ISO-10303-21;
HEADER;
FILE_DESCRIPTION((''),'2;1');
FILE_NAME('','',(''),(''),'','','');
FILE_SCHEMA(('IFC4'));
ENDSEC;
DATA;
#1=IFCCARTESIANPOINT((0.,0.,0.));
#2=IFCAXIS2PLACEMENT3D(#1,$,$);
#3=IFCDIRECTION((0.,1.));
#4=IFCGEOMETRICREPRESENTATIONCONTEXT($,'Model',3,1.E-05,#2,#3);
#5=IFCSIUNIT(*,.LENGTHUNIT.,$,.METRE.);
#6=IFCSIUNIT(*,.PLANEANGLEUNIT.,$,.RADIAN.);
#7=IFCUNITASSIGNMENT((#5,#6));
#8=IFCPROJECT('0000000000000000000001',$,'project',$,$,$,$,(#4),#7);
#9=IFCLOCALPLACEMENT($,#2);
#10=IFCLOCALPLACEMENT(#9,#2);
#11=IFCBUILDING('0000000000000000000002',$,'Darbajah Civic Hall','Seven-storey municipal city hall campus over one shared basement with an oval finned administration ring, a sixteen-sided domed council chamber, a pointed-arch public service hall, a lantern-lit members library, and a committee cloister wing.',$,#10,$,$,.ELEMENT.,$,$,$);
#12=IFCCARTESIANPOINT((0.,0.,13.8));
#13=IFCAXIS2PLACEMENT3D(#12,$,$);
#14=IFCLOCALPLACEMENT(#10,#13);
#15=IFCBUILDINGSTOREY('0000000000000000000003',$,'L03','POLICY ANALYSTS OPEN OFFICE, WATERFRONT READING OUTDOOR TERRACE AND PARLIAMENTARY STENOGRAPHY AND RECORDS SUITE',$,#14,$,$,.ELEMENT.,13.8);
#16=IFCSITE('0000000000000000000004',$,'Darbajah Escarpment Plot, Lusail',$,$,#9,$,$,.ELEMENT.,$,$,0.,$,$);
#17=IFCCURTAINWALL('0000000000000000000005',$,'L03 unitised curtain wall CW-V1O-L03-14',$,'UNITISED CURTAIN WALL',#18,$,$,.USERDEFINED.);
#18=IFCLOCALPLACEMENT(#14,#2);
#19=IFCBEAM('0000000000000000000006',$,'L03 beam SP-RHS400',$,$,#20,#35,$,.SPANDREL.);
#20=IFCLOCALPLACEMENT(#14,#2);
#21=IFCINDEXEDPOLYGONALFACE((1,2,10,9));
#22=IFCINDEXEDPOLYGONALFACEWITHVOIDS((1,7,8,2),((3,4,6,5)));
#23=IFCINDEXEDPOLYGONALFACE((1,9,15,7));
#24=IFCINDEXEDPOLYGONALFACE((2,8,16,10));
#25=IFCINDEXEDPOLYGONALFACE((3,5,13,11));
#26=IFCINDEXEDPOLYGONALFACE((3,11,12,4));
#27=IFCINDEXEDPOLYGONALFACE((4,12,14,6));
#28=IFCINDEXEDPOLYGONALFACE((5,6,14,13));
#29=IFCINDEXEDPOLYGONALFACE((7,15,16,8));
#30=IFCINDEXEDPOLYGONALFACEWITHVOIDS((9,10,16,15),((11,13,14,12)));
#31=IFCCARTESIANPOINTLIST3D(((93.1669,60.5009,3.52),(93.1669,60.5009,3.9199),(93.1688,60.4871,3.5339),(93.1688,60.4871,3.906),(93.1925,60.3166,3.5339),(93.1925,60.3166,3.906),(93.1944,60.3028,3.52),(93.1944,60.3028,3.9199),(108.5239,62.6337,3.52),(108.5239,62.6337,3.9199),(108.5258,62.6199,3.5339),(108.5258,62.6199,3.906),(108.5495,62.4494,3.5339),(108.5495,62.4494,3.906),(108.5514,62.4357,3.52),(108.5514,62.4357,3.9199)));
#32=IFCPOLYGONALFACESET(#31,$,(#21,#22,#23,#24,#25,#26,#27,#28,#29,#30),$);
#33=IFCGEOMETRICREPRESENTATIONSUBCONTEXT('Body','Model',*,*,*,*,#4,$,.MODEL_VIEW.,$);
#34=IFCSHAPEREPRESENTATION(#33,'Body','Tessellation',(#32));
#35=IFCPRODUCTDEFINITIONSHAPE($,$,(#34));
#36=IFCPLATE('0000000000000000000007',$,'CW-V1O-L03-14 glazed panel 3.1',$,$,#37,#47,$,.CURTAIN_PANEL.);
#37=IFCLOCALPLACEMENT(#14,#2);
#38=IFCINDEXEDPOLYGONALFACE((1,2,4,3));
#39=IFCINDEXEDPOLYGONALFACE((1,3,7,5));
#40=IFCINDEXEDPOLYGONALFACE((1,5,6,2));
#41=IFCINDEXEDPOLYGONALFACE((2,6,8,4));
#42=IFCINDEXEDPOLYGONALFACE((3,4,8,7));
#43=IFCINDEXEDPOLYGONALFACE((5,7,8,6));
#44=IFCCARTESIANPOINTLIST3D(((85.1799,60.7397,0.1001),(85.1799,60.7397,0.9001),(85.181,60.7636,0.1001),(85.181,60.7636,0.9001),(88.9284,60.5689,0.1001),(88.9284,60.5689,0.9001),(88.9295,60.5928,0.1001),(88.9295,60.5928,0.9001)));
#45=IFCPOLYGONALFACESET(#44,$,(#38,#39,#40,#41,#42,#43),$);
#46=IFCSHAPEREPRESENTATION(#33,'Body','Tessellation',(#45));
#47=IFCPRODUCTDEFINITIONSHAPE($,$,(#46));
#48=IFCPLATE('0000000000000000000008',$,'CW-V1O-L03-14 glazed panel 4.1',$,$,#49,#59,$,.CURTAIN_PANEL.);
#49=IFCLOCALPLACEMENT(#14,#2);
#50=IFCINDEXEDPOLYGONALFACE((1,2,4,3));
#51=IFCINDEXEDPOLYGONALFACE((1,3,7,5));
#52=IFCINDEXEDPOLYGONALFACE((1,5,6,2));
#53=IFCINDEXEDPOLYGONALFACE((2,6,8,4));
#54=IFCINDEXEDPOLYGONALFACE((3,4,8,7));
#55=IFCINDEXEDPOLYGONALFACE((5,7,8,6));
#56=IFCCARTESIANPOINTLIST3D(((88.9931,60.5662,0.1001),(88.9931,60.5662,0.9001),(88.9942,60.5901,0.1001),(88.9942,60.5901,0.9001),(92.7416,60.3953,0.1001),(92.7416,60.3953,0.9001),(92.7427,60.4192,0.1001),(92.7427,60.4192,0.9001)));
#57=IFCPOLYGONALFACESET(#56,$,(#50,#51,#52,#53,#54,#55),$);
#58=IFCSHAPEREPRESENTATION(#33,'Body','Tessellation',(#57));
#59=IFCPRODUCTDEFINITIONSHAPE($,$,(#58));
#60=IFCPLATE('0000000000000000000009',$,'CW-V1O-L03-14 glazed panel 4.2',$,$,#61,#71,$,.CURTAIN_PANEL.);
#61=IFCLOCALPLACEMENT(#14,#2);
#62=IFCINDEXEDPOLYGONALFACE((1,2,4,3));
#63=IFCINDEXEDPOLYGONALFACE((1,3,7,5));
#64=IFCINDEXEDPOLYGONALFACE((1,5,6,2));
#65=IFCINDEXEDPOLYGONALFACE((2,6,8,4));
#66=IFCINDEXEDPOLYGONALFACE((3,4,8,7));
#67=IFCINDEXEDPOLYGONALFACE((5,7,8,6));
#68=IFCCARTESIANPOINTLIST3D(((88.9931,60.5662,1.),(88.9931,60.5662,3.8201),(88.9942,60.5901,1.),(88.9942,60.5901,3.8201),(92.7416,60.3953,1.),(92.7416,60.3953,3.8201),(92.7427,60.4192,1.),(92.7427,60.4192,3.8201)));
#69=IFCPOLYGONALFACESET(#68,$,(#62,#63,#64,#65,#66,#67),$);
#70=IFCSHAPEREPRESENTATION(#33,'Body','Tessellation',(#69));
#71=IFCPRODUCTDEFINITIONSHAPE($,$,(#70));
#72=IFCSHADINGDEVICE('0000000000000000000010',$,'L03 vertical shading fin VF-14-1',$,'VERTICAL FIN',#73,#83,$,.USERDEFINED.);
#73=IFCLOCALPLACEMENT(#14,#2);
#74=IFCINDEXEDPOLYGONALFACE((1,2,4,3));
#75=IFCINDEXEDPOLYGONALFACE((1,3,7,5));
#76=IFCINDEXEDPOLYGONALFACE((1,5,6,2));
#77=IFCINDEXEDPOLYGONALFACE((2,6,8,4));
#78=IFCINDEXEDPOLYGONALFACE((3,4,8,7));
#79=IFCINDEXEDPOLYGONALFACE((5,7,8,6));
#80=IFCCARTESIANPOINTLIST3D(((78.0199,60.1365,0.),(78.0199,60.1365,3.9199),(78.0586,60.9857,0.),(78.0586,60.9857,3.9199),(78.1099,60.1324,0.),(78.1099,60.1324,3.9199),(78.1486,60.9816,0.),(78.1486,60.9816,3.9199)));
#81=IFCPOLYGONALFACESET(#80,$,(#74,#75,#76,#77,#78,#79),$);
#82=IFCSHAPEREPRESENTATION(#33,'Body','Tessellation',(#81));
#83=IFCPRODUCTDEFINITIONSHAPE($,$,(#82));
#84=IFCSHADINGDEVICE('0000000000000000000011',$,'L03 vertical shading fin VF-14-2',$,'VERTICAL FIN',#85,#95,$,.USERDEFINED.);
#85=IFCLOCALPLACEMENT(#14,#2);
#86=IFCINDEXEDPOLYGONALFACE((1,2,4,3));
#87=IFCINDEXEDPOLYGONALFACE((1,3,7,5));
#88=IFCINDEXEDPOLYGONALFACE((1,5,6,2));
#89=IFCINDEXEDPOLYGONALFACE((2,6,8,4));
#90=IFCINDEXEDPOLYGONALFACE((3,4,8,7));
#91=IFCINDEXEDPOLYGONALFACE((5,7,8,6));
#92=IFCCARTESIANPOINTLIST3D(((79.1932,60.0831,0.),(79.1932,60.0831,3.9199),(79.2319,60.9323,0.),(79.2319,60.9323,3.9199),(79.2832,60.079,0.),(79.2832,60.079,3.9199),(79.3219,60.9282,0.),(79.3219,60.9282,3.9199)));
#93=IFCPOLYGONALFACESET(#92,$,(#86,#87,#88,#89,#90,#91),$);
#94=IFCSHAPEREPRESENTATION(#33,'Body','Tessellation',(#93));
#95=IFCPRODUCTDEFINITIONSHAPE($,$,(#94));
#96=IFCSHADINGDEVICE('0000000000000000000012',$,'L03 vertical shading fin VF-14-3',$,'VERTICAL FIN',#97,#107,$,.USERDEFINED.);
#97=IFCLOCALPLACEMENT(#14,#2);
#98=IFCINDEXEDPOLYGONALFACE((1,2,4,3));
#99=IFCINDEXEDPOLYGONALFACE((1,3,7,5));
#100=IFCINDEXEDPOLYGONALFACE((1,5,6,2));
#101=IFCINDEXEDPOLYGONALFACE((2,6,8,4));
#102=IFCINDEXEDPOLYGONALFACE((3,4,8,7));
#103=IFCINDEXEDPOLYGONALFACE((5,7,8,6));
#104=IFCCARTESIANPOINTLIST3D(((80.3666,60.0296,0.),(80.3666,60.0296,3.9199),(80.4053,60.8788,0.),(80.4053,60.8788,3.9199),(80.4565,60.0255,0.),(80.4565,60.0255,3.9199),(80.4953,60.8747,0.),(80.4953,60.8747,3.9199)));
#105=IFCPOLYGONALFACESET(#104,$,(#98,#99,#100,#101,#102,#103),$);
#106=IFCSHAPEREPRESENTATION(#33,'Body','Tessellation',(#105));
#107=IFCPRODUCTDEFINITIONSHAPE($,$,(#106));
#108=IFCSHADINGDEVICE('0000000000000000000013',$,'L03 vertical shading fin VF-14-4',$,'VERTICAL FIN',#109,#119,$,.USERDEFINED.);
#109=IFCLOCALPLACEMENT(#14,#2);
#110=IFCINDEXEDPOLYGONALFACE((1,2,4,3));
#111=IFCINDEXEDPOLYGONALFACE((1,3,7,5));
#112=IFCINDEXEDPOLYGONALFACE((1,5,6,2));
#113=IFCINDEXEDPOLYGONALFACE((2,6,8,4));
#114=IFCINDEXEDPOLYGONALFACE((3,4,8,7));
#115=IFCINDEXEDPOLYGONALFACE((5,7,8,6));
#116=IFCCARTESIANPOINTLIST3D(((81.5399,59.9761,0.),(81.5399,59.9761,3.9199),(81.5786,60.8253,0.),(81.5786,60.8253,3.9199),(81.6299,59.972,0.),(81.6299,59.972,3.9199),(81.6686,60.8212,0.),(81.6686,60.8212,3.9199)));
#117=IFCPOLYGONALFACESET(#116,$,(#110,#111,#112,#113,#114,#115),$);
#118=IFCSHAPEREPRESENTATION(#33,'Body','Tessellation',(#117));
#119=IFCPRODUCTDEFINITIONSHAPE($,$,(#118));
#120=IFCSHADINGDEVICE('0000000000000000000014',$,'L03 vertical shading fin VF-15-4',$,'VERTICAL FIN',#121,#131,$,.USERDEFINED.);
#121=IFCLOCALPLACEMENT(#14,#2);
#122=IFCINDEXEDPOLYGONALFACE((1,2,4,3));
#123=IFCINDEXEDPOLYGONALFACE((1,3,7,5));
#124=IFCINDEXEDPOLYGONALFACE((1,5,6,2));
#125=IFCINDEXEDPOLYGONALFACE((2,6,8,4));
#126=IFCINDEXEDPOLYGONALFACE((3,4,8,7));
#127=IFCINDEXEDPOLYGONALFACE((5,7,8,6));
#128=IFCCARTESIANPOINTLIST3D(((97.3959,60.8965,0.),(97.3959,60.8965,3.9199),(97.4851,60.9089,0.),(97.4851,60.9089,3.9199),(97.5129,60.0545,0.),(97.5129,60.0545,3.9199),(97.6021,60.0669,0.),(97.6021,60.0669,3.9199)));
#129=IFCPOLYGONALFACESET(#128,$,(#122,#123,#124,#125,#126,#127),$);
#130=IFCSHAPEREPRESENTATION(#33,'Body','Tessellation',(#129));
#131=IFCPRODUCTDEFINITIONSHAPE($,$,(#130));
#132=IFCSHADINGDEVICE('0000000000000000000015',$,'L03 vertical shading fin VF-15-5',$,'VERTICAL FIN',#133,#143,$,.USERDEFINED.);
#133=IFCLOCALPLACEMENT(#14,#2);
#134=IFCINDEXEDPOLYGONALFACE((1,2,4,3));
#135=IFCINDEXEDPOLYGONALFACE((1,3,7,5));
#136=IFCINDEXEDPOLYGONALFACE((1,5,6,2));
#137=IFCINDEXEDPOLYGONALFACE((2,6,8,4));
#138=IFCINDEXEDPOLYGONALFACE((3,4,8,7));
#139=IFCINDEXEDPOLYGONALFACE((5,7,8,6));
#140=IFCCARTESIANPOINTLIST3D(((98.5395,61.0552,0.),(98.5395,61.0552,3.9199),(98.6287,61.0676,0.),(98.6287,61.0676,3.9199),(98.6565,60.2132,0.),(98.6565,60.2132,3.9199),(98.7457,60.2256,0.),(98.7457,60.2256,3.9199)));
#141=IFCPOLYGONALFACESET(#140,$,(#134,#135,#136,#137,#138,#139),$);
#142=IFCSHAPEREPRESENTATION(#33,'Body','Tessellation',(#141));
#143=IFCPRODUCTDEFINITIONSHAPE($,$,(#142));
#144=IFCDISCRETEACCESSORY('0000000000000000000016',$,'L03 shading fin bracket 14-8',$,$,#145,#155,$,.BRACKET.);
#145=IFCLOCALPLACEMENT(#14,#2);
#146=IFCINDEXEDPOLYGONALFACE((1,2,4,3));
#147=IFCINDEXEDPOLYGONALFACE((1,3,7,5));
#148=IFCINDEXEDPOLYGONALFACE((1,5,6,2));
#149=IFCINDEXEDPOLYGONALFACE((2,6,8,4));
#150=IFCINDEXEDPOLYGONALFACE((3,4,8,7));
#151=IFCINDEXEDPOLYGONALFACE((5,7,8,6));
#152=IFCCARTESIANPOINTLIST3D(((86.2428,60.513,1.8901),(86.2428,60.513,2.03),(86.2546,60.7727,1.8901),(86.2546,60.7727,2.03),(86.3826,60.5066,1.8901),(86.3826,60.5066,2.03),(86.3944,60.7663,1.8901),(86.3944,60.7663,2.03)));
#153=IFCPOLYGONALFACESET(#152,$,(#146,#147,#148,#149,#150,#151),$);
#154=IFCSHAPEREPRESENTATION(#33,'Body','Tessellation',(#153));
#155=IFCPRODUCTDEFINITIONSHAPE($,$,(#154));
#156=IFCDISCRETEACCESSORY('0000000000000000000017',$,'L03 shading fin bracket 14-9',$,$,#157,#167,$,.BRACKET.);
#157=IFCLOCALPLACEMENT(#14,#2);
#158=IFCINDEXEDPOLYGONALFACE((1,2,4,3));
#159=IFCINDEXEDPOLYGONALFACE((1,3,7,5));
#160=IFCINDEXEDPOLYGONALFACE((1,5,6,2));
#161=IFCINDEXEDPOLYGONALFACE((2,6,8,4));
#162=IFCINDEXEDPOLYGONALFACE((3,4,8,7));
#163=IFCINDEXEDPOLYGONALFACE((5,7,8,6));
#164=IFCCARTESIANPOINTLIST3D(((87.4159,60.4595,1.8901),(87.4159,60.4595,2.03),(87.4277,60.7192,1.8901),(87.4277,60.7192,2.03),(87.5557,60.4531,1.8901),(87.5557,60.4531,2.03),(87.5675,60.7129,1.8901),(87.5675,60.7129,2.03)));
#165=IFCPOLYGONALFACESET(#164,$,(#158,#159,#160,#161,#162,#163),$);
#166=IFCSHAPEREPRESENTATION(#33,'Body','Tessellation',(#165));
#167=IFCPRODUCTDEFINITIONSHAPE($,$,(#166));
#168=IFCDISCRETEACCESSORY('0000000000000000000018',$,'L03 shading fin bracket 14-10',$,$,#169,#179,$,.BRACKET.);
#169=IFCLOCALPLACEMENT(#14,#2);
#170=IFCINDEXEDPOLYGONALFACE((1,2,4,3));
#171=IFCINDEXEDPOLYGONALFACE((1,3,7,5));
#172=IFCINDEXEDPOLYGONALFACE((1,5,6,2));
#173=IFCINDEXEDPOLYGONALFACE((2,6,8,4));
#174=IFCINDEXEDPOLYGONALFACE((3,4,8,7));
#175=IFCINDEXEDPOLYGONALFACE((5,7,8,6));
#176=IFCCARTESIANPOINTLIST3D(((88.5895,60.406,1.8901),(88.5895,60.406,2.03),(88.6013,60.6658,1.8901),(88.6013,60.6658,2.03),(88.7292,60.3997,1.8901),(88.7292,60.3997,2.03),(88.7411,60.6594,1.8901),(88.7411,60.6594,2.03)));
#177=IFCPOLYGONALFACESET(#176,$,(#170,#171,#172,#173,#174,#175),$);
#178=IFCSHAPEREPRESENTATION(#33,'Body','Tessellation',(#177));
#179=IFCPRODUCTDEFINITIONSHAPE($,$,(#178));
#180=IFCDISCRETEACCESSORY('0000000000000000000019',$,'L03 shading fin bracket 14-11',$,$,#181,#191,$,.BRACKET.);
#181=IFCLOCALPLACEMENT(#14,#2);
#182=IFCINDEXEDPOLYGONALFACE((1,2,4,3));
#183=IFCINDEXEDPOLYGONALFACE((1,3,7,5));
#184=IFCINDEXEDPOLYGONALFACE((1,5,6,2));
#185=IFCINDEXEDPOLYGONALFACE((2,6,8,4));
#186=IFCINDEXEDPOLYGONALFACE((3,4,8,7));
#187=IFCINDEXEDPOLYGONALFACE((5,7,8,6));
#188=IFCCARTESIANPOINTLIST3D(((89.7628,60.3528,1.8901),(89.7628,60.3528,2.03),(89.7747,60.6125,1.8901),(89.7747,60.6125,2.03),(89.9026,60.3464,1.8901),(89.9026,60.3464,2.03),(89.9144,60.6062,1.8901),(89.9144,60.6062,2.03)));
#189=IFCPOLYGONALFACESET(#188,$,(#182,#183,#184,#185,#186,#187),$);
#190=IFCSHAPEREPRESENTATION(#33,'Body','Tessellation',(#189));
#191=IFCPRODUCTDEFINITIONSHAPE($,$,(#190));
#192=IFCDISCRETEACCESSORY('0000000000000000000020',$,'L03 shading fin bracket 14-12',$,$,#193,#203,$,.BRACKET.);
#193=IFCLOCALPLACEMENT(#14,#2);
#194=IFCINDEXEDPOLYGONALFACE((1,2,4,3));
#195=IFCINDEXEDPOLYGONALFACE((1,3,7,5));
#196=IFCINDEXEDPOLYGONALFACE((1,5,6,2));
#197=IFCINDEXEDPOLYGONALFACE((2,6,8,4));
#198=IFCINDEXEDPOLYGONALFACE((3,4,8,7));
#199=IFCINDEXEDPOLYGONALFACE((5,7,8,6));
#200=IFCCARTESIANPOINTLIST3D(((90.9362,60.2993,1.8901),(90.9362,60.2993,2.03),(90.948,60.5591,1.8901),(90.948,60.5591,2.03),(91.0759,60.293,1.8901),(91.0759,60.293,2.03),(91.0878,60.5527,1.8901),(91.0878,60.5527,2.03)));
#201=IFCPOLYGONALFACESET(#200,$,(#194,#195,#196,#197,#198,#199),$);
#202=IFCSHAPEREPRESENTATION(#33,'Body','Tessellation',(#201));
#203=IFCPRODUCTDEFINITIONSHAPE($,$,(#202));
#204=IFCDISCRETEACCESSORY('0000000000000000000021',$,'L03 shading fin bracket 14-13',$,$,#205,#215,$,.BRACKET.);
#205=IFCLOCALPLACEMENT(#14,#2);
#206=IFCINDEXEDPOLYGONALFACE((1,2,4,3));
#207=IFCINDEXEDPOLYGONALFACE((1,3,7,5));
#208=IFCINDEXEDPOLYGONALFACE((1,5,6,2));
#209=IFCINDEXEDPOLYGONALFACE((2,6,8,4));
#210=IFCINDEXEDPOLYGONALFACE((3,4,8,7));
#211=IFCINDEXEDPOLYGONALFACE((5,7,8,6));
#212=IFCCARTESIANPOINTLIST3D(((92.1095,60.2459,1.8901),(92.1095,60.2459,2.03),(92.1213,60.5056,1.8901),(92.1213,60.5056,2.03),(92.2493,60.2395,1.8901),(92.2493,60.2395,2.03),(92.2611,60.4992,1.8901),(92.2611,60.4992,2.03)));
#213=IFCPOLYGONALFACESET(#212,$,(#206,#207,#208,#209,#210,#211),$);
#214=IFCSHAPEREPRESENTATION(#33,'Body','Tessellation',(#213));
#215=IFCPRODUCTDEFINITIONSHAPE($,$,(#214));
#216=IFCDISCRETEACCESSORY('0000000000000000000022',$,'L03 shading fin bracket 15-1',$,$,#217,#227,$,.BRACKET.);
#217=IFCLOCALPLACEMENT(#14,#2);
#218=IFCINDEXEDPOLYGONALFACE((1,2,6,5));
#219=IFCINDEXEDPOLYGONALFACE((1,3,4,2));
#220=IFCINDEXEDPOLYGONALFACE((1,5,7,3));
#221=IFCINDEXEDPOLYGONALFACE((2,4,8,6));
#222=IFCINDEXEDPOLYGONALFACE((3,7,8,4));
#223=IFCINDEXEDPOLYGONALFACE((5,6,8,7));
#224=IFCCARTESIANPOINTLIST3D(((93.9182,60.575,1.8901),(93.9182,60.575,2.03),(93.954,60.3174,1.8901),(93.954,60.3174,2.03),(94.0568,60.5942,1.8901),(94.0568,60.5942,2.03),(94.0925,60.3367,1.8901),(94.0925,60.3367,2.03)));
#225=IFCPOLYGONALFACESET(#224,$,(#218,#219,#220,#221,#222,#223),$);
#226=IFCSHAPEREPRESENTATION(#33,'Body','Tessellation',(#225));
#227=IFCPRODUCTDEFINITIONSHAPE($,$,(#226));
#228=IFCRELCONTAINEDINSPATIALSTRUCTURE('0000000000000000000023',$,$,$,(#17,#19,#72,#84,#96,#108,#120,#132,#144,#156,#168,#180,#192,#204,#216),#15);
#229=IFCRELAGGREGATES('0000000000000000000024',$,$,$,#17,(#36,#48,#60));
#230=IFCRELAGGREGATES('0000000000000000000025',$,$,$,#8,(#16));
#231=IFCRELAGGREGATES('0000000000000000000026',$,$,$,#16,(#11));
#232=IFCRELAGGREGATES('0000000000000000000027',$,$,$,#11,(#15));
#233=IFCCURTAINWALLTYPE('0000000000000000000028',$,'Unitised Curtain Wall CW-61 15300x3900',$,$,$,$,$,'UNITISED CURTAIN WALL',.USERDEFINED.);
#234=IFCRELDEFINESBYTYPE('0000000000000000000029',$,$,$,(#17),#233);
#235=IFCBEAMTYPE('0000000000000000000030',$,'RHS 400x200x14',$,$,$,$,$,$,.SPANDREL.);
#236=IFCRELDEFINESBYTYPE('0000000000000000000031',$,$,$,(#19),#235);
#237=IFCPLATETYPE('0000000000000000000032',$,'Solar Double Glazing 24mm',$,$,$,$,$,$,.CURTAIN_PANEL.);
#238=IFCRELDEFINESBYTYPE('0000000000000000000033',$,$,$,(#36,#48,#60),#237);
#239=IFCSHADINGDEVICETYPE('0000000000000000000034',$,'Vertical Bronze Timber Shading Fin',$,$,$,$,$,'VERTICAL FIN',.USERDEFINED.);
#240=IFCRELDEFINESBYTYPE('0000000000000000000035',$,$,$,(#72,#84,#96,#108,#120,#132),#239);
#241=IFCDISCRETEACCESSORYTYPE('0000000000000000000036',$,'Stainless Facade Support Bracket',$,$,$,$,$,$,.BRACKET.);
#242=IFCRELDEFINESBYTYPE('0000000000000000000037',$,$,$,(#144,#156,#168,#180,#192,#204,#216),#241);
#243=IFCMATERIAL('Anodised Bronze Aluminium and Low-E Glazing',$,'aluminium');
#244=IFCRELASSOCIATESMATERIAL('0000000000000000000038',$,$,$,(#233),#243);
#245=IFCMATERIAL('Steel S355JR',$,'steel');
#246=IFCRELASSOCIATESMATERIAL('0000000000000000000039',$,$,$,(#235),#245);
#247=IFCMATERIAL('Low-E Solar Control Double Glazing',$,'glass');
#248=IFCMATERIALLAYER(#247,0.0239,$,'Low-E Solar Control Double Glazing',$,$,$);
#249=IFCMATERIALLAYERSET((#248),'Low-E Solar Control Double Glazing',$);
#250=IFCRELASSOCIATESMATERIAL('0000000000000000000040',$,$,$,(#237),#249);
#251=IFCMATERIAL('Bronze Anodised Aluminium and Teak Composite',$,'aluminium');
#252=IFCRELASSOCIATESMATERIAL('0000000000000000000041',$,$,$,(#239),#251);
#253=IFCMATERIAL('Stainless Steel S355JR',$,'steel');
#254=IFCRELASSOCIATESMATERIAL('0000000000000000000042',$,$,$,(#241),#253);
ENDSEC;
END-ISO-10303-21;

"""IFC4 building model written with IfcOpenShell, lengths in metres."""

from ifc_helpers import new_model, si_unit, direction, frame, origin, origin_2d, place, context, subcontext, project, spatial, rectangle, hollow_rectangle, extrude, material, layer, layer_set, material_profile, profile_set, type_object, element, aggregate, save


model = new_model("IFC4")

# Units and contexts
model_context = context("Model", 3, precision=1e-05, world=origin(), true_north=direction((0.0, 1.0)))
body_context = subcontext(model_context, "Body", "Model", "MODEL_VIEW")
ifc_project = project(units=[si_unit("LENGTHUNIT", "METRE"), si_unit("PLANEANGLEUNIT", "RADIAN")], contexts=[model_context])

# Site, building, storey
site_placement = place(None, origin())
site = spatial("IfcSite", under=ifc_project, at=site_placement, Name="Darbajah Escarpment Plot, Lusail", CompositionType="ELEMENT", RefElevation=0.0)
building_placement = place(site_placement, origin())
building = spatial("IfcBuilding", under=site, at=building_placement, Name="Darbajah Civic Hall", Description="Seven-storey municipal city hall campus over one shared basement with an oval finned administration ring, a sixteen-sided domed council chamber, a pointed-arch public service hall, a lantern-lit members library, and a committee cloister wing.", CompositionType="ELEMENT")
storey_placement = place(building_placement, frame((0.0, 0.0, 13.8)))
storey = spatial("IfcBuildingStorey", under=building, at=storey_placement, Name="L03", Description="POLICY ANALYSTS OPEN OFFICE, WATERFRONT READING OUTDOOR TERRACE AND PARLIAMENTARY STENOGRAPHY AND RECORDS SUITE", CompositionType="ELEMENT", Elevation=13.8)

# Curtain wall
ifc_material_1 = material(Name="Anodised Bronze Aluminium and Low-E Glazing", Category="aluminium")
curtain_wall_type_1 = type_object("IfcCurtainWallType", Name="Unitised Curtain Wall CW-61 15300x3900", ElementType="UNITISED CURTAIN WALL", PredefinedType="USERDEFINED", material=ifc_material_1)
curtain_wall_1_placement = place(storey_placement, origin())
curtain_wall_1 = element("IfcCurtainWall", 1, at=curtain_wall_1_placement, inside=storey, type_object=curtain_wall_type_1, Name="L03 unitised curtain wall CW-V1O-L03-14", ObjectType="UNITISED CURTAIN WALL", PredefinedType="USERDEFINED")

# Beam
ifc_material_2 = material(Name="Steel S355JR", Category="steel")
ifc_material_profile_1 = material_profile(ifc_material_2, hollow_rectangle(XDim=0.2, YDim=0.3999, WallThickness=0.0139, at=origin_2d()), Name="RHS 400x200x14")
ifc_profile_set_1 = profile_set([ifc_material_profile_1], Name="Steel S355JR")
beam_type = type_object("IfcBeamType", Name="RHS 400x200x14", PredefinedType="SPANDREL", material=ifc_profile_set_1)
beam_placement = place(storey_placement, frame((93.1807, 60.4019, 3.72), z_axis=(0.990493, 0.137562, 0.0), x_axis=(-0.137562, 0.990493, 0.0)))
element("IfcBeam", 2, at=beam_placement, inside=storey, type_object=beam_type, Name="L03 beam SP-RHS400", PredefinedType="SPANDREL", context=body_context, shape_type="SweptSolid", body=[
    extrude(hollow_rectangle(XDim=0.2, YDim=0.3999, WallThickness=0.0139, at=origin_2d()), origin(), (0.0, 0.0, 1.0), 15.5044),
])

# Plates
ifc_material_3 = material(Name="Low-E Solar Control Double Glazing", Category="glass")
ifc_layer = layer(ifc_material_3, 0.0239, Name="Low-E Solar Control Double Glazing")
ifc_layer_set = layer_set([ifc_layer], Name="Low-E Solar Control Double Glazing")
plate_type = type_object("IfcPlateType", Name="Solar Double Glazing 24mm", PredefinedType="CURTAIN_PANEL", material=ifc_layer_set)
plate_1_placement = place(storey_placement, frame((87.0547, 60.6663, 0.1001), z_axis=(0.0, 0.0, 1.0), x_axis=(0.998963, -0.045537, 0.0)))
plate_1 = element("IfcPlate", 3, at=plate_1_placement, type_object=plate_type, Name="CW-V1O-L03-14 glazed panel 3.1", PredefinedType="CURTAIN_PANEL", context=body_context, shape_type="SweptSolid", body=[
    extrude(rectangle(XDim=3.7524, YDim=0.0239, at=origin_2d()), origin(), (0.0, 0.0, 1.0), 0.8),
])
plate_2_placement = place(storey_placement, frame((90.8679, 60.4927, 0.1001), z_axis=(0.0, 0.0, 1.0), x_axis=(0.998963, -0.045537, 0.0)))
plate_2 = element("IfcPlate", 4, at=plate_2_placement, type_object=plate_type, Name="CW-V1O-L03-14 glazed panel 4.1", PredefinedType="CURTAIN_PANEL", context=body_context, shape_type="SweptSolid", body=[
    extrude(rectangle(XDim=3.7524, YDim=0.0239, at=origin_2d()), origin(), (0.0, 0.0, 1.0), 0.8),
])
plate_3_placement = place(storey_placement, frame((90.8679, 60.4927, 1.0), z_axis=(0.0, 0.0, 1.0), x_axis=(0.998963, -0.045537, 0.0)))
plate_3 = element("IfcPlate", 5, at=plate_3_placement, type_object=plate_type, Name="CW-V1O-L03-14 glazed panel 4.2", PredefinedType="CURTAIN_PANEL", context=body_context, shape_type="SweptSolid", body=[
    extrude(rectangle(XDim=3.7524, YDim=0.0239, at=origin_2d()), origin(), (0.0, 0.0, 1.0), 2.8201),
])
aggregate(curtain_wall_1, [plate_1, plate_2, plate_3])

# Shading devices
ifc_material_4 = material(Name="Bronze Anodised Aluminium and Teak Composite", Category="aluminium")
shading_device_type = type_object("IfcShadingDeviceType", Name="Vertical Bronze Timber Shading Fin", ElementType="VERTICAL FIN", PredefinedType="USERDEFINED", material=ifc_material_4)
for number, where, z_axis, x_axis, name in (
    (6, (78.0842, 60.5591, 0.0), (0.0, 0.0, 1.0), (-0.045537, -0.998963, 0.0), "L03 vertical shading fin VF-14-1"),
    (7, (79.2576, 60.5056, 0.0), (0.0, 0.0, 1.0), (-0.045537, -0.998963, 0.0), "L03 vertical shading fin VF-14-2"),
    (8, (80.4309, 60.4521, 0.0), (0.0, 0.0, 1.0), (-0.045537, -0.998963, 0.0), "L03 vertical shading fin VF-14-3"),
    (9, (81.6042, 60.3987, 0.0), (0.0, 0.0, 1.0), (-0.045537, -0.998963, 0.0), "L03 vertical shading fin VF-14-4"),
    (10, (97.499, 60.4817, 0.0), (0.0, 0.0, 1.0), (0.137617, -0.990485, 0.0), "L03 vertical shading fin VF-15-4"),
    (11, (98.6426, 60.6404, 0.0), (0.0, 0.0, 1.0), (0.137617, -0.990485, 0.0), "L03 vertical shading fin VF-15-5"),
):
    element("IfcShadingDevice", number, at=place(storey_placement, frame(where, z_axis=z_axis, x_axis=x_axis)), inside=storey, type_object=shading_device_type, Name=name, ObjectType="VERTICAL FIN", PredefinedType="USERDEFINED", context=body_context, shape_type="SweptSolid", body=[
        extrude(rectangle(XDim=0.8501, YDim=0.0901, at=origin_2d()), origin(), (0.0, 0.0, 1.0), 3.9199),
    ])

# Discrete accessories
ifc_material_5 = material(Name="Stainless Steel S355JR", Category="steel")
discrete_accessory_type = type_object("IfcDiscreteAccessoryType", Name="Stainless Facade Support Bracket", PredefinedType="BRACKET", material=ifc_material_5)
for number, where, z_axis, x_axis, name in (
    (12, (86.3186, 60.6396, 1.8901), (0.0, 0.0, 1.0), (-0.045537, -0.998963, 0.0), "L03 shading fin bracket 14-8"),
    (13, (87.4917, 60.5862, 1.8901), (0.0, 0.0, 1.0), (-0.045537, -0.998963, 0.0), "L03 shading fin bracket 14-9"),
    (14, (88.6653, 60.5327, 1.8901), (0.0, 0.0, 1.0), (-0.045537, -0.998963, 0.0), "L03 shading fin bracket 14-10"),
    (15, (89.8386, 60.4795, 1.8901), (0.0, 0.0, 1.0), (-0.045537, -0.998963, 0.0), "L03 shading fin bracket 14-11"),
    (16, (91.012, 60.426, 1.8901), (0.0, 0.0, 1.0), (-0.045537, -0.998963, 0.0), "L03 shading fin bracket 14-12"),
    (17, (92.1853, 60.3726, 1.8901), (0.0, 0.0, 1.0), (-0.045537, -0.998963, 0.0), "L03 shading fin bracket 14-13"),
    (18, (94.0054, 60.4558, 1.8901), (0.0, 0.0, 1.0), (0.137617, -0.990485, 0.0), "L03 shading fin bracket 15-1"),
):
    element("IfcDiscreteAccessory", number, at=place(storey_placement, frame(where, z_axis=z_axis, x_axis=x_axis)), inside=storey, type_object=discrete_accessory_type, Name=name, PredefinedType="BRACKET", context=body_context, shape_type="SweptSolid", body=[
        extrude(rectangle(XDim=0.26, YDim=0.1399, at=origin_2d()), origin(), (0.0, 0.0, 1.0), 0.1399),
    ])

save(model, "model.ifc")
